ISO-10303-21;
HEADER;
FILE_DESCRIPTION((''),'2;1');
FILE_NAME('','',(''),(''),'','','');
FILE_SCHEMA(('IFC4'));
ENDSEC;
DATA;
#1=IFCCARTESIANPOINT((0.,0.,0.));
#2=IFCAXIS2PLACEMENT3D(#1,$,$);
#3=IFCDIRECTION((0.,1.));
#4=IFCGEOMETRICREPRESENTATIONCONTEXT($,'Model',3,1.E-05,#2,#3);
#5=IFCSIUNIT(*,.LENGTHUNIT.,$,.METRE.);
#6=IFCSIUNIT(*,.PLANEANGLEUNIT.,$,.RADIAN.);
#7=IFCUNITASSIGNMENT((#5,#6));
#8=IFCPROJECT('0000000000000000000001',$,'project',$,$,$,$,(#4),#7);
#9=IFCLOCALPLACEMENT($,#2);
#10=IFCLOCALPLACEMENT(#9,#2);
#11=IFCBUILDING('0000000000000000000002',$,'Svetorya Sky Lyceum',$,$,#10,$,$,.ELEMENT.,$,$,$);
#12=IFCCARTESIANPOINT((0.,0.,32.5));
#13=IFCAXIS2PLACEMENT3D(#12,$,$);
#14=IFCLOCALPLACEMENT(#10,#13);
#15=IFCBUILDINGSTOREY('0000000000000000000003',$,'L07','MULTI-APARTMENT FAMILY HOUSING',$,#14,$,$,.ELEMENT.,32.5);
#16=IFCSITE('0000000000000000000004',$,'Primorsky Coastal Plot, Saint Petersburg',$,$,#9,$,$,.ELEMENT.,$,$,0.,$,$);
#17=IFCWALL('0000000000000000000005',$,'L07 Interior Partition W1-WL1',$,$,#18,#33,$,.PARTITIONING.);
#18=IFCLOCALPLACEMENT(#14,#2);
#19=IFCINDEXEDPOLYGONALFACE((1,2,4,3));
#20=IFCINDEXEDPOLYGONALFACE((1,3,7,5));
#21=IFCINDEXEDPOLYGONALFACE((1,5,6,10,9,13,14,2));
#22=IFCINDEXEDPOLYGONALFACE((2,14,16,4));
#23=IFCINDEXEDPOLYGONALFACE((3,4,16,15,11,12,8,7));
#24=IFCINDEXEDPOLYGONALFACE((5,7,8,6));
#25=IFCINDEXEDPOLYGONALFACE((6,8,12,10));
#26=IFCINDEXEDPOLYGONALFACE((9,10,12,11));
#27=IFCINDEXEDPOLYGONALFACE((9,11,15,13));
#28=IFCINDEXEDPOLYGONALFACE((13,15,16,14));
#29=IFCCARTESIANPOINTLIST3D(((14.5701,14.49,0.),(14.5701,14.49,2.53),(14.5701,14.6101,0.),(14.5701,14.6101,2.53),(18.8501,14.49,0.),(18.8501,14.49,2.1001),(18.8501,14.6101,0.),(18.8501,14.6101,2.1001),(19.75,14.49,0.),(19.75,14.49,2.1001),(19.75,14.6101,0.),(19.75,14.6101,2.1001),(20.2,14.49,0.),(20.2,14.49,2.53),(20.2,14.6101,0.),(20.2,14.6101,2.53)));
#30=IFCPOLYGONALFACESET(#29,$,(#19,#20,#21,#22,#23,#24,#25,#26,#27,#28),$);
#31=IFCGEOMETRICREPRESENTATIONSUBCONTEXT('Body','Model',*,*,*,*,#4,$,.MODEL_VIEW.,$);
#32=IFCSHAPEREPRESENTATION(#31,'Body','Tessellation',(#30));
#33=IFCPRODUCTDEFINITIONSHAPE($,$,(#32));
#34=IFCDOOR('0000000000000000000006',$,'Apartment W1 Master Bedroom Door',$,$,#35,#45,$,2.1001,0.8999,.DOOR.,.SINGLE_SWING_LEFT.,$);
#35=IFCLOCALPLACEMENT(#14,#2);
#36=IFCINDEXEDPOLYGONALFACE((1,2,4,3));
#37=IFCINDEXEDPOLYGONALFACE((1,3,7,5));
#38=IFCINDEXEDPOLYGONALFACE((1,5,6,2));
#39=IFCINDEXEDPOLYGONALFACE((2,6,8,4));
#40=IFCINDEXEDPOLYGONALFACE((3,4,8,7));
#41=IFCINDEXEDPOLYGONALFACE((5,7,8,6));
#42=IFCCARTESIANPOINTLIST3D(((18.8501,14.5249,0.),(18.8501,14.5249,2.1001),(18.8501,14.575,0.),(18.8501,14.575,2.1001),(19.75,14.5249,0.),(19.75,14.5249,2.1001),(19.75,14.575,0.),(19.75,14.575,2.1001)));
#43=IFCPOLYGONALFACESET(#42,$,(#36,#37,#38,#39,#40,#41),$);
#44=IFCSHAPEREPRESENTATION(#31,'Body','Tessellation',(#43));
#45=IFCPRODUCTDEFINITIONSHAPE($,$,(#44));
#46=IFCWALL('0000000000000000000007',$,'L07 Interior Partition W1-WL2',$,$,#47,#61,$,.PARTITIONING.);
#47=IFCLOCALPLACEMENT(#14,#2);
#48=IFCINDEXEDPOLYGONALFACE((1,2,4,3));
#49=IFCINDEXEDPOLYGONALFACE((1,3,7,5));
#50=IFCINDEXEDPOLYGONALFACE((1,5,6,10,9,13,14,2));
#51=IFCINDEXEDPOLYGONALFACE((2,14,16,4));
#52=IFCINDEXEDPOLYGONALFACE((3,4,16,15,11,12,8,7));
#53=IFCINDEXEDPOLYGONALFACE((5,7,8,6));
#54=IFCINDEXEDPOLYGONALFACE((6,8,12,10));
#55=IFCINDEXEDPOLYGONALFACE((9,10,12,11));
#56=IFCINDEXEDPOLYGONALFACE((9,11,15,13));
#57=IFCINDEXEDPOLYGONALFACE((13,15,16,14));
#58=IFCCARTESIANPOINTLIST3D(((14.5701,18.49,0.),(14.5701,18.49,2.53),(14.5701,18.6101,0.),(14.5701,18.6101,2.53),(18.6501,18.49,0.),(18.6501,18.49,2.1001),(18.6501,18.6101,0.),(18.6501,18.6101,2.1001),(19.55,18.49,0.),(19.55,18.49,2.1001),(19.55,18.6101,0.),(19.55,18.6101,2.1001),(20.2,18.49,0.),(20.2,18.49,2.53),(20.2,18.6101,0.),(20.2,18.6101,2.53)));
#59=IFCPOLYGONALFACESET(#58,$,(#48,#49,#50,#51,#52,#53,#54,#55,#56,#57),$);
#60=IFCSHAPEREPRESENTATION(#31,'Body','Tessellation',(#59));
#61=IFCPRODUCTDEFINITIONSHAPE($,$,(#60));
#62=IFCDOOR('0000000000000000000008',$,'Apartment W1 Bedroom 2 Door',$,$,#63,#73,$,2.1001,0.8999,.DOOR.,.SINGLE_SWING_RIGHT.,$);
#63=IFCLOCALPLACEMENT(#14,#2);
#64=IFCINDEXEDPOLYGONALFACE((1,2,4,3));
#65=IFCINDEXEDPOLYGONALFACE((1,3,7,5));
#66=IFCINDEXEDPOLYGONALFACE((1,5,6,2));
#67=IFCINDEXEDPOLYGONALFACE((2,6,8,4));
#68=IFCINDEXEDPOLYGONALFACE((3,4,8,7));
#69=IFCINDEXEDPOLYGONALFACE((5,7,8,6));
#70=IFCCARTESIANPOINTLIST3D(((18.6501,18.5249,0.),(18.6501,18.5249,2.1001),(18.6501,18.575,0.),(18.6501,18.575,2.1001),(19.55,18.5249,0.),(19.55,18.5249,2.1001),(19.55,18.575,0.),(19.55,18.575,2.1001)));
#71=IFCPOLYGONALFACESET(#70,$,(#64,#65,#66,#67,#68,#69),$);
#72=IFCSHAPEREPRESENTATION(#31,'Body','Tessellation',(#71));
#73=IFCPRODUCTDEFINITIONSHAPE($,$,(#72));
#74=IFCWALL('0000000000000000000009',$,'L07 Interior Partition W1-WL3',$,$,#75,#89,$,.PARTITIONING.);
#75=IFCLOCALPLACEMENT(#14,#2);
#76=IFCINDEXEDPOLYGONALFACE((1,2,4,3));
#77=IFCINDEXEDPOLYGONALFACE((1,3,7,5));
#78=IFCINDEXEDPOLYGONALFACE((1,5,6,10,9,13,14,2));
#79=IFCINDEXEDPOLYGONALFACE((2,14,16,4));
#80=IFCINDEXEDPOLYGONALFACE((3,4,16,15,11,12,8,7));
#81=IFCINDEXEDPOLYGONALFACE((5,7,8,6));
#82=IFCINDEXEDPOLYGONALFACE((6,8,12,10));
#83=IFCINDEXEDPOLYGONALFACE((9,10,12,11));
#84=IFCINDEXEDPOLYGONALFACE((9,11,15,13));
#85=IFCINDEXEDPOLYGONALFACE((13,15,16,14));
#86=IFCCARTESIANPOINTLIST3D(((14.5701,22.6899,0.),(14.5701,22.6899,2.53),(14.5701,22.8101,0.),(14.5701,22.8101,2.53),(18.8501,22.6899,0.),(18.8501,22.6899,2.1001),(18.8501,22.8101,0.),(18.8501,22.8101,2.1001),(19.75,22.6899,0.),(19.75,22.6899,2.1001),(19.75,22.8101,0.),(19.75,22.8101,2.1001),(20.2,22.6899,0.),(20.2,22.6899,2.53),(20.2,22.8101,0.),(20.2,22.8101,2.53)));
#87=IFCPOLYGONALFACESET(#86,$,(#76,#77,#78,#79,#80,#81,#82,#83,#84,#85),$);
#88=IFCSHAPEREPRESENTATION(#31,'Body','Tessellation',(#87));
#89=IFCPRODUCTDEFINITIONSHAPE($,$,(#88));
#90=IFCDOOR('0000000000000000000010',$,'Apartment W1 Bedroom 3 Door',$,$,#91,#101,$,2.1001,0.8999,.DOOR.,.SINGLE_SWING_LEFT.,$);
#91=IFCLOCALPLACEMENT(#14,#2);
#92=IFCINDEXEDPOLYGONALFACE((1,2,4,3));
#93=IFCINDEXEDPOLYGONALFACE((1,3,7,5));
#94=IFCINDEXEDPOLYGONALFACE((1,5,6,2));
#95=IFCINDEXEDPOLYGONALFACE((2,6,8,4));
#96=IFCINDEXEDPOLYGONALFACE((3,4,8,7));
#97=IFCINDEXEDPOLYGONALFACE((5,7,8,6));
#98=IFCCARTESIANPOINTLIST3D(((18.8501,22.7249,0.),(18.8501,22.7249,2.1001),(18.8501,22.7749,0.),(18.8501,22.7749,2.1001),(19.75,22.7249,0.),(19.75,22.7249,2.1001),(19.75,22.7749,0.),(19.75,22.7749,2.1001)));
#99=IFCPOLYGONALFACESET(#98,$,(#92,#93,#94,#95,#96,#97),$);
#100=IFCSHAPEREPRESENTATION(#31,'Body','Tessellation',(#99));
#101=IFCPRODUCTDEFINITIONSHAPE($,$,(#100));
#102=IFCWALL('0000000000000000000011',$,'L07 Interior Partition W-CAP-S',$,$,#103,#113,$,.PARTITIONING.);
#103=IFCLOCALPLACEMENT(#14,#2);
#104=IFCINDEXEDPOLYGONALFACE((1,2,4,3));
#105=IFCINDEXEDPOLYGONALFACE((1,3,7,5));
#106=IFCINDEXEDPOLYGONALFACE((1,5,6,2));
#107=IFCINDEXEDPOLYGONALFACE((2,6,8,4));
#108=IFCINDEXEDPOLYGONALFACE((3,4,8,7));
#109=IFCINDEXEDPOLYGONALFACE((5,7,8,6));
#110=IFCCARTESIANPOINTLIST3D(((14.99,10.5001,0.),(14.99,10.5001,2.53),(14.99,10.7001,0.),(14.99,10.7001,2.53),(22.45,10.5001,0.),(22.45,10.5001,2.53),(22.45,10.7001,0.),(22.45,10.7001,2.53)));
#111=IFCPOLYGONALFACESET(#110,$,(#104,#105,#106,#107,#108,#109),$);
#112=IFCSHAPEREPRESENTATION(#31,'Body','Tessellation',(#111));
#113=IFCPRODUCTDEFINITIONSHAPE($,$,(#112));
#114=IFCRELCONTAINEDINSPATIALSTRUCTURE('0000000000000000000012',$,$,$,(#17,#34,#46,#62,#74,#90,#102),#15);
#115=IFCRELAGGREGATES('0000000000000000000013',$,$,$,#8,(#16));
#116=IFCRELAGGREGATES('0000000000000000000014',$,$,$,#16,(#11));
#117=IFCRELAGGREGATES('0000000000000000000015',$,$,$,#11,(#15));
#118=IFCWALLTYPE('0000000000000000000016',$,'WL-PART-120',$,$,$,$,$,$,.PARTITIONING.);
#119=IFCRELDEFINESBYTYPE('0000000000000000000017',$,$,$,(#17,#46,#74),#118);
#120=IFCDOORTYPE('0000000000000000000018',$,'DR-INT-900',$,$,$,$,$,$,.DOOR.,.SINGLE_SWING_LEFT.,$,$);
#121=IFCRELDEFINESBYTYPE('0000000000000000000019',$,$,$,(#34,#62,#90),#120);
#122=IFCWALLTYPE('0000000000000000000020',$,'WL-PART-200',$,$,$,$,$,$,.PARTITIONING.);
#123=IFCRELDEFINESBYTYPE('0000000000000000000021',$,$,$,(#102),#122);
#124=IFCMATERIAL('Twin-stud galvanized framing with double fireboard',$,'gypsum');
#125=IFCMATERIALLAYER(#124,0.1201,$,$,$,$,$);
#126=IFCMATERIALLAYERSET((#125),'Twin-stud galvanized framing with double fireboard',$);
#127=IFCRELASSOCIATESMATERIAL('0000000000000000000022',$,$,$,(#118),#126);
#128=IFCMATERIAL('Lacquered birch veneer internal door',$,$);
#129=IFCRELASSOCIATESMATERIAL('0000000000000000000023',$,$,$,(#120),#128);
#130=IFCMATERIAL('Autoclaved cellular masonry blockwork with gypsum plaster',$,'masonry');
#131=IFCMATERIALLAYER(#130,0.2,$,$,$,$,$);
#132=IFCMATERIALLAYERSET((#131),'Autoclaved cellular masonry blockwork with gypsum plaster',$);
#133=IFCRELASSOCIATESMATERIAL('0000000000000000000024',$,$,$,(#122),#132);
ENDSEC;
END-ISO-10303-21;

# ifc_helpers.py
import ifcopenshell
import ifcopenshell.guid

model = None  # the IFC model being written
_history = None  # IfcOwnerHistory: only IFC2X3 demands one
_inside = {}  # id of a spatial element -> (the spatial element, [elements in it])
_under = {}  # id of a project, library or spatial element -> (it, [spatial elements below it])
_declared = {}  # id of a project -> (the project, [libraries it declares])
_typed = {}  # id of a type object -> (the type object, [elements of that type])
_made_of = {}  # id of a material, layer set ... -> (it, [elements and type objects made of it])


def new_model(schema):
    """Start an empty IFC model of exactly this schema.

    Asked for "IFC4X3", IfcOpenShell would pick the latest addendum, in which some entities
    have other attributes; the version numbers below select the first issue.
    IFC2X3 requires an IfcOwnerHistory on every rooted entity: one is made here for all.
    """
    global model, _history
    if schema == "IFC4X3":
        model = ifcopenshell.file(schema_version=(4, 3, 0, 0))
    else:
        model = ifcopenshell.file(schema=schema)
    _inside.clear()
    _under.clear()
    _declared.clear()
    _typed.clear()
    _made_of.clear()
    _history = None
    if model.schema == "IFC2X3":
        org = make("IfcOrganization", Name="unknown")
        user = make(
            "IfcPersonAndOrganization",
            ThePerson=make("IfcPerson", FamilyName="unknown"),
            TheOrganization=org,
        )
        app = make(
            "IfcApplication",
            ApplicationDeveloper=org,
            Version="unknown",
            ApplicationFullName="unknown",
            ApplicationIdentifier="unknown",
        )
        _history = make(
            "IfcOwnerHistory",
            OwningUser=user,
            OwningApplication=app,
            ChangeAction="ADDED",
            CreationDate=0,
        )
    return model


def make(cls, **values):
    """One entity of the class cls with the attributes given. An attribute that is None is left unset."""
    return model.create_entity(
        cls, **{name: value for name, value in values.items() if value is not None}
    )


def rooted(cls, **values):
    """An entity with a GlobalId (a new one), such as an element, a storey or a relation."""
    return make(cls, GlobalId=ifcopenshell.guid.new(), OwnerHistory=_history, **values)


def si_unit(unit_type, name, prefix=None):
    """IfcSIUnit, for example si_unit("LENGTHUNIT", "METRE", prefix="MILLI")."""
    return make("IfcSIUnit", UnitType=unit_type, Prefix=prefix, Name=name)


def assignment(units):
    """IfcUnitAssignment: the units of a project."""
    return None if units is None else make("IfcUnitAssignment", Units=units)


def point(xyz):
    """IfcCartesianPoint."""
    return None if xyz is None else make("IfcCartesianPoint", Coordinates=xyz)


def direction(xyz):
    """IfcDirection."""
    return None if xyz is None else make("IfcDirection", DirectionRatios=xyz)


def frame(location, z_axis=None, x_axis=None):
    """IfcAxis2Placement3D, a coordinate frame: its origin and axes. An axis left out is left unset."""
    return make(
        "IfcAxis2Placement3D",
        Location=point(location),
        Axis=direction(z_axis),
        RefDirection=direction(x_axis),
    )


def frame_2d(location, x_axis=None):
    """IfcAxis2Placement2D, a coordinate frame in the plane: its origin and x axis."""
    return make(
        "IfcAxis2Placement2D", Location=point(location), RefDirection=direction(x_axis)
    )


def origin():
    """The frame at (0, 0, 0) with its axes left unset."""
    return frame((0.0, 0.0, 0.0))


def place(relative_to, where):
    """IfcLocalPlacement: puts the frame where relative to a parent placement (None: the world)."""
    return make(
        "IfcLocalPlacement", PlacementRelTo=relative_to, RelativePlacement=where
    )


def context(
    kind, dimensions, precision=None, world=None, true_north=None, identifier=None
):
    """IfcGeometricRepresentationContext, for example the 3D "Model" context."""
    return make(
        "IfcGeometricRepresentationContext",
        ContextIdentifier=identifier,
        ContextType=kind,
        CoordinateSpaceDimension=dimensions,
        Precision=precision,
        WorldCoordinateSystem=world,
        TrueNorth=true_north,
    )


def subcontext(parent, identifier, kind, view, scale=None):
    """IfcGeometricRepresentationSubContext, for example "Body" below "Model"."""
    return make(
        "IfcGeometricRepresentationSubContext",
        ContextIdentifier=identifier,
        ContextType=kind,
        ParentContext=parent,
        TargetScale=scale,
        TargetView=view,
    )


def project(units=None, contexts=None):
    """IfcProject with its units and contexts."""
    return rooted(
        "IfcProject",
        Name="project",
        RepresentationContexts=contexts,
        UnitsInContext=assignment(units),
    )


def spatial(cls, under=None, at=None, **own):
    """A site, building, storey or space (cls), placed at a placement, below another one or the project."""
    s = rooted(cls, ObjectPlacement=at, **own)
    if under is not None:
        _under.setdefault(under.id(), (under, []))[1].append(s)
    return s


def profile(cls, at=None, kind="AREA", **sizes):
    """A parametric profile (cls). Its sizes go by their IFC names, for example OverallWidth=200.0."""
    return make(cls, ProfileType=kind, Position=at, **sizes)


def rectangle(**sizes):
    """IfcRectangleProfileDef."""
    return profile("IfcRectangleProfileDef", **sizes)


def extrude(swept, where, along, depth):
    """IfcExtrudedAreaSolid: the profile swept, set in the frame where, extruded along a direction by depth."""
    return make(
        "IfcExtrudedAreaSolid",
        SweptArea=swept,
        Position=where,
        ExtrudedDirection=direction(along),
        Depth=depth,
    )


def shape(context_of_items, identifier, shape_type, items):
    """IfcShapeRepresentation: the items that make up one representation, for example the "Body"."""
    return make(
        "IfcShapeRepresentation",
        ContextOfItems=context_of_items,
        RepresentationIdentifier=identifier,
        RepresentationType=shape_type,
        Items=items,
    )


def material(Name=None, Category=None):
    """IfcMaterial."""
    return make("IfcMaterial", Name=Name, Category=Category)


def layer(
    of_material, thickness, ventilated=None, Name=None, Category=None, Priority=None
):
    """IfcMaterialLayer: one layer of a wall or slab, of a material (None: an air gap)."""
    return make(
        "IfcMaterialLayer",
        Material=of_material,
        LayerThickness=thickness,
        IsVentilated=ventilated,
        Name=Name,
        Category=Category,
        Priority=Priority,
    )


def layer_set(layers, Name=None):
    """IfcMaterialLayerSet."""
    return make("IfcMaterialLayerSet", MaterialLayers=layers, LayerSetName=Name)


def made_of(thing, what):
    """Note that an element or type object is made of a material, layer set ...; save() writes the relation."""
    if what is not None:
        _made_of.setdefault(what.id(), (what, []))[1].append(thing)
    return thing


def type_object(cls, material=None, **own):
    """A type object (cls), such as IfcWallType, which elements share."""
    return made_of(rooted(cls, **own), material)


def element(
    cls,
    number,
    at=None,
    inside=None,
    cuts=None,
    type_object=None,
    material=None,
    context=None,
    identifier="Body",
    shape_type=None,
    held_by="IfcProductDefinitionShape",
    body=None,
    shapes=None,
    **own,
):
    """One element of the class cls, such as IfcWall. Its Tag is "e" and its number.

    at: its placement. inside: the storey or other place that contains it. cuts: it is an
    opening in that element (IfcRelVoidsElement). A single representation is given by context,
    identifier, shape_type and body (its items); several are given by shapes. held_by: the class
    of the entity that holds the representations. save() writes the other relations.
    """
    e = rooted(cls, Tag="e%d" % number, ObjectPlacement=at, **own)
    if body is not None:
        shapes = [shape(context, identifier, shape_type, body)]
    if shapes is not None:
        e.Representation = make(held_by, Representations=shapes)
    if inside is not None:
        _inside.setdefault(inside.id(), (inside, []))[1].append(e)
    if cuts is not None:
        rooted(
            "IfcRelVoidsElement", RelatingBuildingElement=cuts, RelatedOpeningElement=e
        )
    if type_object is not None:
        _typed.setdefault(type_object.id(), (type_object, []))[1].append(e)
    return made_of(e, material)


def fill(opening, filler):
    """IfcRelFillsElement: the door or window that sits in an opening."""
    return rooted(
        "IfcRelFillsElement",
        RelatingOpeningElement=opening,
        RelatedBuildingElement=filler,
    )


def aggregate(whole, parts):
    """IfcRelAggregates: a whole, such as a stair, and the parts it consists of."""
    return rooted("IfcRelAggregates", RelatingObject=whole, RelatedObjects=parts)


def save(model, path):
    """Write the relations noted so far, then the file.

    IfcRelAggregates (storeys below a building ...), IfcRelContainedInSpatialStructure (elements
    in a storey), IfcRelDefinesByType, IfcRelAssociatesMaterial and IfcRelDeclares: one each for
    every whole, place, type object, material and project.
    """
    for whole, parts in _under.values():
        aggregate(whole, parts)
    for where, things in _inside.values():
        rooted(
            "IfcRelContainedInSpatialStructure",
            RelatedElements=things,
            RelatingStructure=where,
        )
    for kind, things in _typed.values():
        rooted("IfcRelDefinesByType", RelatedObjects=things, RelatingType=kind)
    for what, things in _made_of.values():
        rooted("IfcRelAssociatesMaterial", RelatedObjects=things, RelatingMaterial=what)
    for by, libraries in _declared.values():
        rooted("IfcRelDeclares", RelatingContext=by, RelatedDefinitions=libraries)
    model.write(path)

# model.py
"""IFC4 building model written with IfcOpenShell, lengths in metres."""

from ifc_helpers import new_model, si_unit, direction, frame, frame_2d, origin, place, context, subcontext, project, spatial, rectangle, extrude, material, layer, layer_set, type_object, element, fill, save


model = new_model("IFC4")

# Units and contexts
model_context = context("Model", 3, precision=1e-05, world=origin(), true_north=direction((0.0, 1.0)))
body_context = subcontext(model_context, "Body", "Model", "MODEL_VIEW")
ifc_project = project(units=[si_unit("LENGTHUNIT", "METRE"), si_unit("PLANEANGLEUNIT", "RADIAN")], contexts=[model_context])

# Site, building, storey
site_placement = place(None, origin())
site = spatial("IfcSite", under=ifc_project, at=site_placement, Name="Primorsky Coastal Plot, Saint Petersburg", CompositionType="ELEMENT", RefElevation=0.0)
building_placement = place(site_placement, origin())
building = spatial("IfcBuilding", under=site, at=building_placement, Name="Svetorya Sky Lyceum", CompositionType="ELEMENT")
storey_placement = place(building_placement, frame((0.0, 0.0, 32.5)))
storey = spatial("IfcBuildingStorey", under=building, at=storey_placement, Name="L07", Description="MULTI-APARTMENT FAMILY HOUSING", CompositionType="ELEMENT", Elevation=32.5)

# Walls, openings, doors
ifc_material_1 = material(Name="Twin-stud galvanized framing with double fireboard", Category="gypsum")
ifc_layer_1 = layer(ifc_material_1, 0.1201)
ifc_layer_set_1 = layer_set([ifc_layer_1], Name="Twin-stud galvanized framing with double fireboard")
wall_type_1 = type_object("IfcWallType", Name="WL-PART-120", PredefinedType="PARTITIONING", material=ifc_layer_set_1)
wall_1_placement = place(storey_placement, frame((14.5701, 14.55, 0.0), z_axis=(0.0, 0.0, 1.0), x_axis=(1.0, 0.0, 0.0)))
wall_1 = element("IfcWall", 1, at=wall_1_placement, inside=storey, type_object=wall_type_1, Name="L07 Interior Partition W1-WL1", PredefinedType="PARTITIONING", context=body_context, shape_type="SweptSolid", body=[
    extrude(rectangle(XDim=5.6299, YDim=0.1201, at=frame_2d((2.8149, 0.0))), origin(), (0.0, 0.0, 1.0), 2.53),
])
opening_1_placement = place(wall_1_placement, frame((4.28, 0.0, 0.0)))
opening_1 = element("IfcOpeningElement", 2, at=opening_1_placement, cuts=wall_1, PredefinedType="OPENING", context=body_context, shape_type="SweptSolid", body=[
    extrude(rectangle(XDim=0.8999, YDim=2.1001, at=frame_2d((0.45, 1.05))), frame((0.0, 0.0701, 0.0), z_axis=(0.0, -1.0, 0.0), x_axis=(1.0, 0.0, 0.0)), (0.0, 0.0, 1.0), 0.1401),
])
ifc_material_2 = material(Name="Lacquered birch veneer internal door")
door_type = type_object("IfcDoorType", Name="DR-INT-900", OperationType="SINGLE_SWING_LEFT", PredefinedType="DOOR", material=ifc_material_2)
door_1_placement = place(opening_1_placement, origin())
door_1 = element("IfcDoor", 3, at=door_1_placement, inside=storey, type_object=door_type, Name="Apartment W1 Master Bedroom Door", OperationType="SINGLE_SWING_LEFT", OverallHeight=2.1001, OverallWidth=0.8999, PredefinedType="DOOR", context=body_context, shape_type="SweptSolid", body=[
    extrude(rectangle(XDim=0.8999, YDim=2.1001, at=frame_2d((0.45, 1.05))), frame((0.0, 0.0249, 0.0), z_axis=(0.0, -1.0, 0.0), x_axis=(1.0, 0.0, 0.0)), (0.0, 0.0, 1.0), 0.05),
])
fill(opening_1, door_1)
wall_2_placement = place(storey_placement, frame((14.5701, 18.55, 0.0), z_axis=(0.0, 0.0, 1.0), x_axis=(1.0, 0.0, 0.0)))
wall_2 = element("IfcWall", 4, at=wall_2_placement, inside=storey, type_object=wall_type_1, Name="L07 Interior Partition W1-WL2", PredefinedType="PARTITIONING", context=body_context, shape_type="SweptSolid", body=[
    extrude(rectangle(XDim=5.6299, YDim=0.1201, at=frame_2d((2.8149, 0.0))), origin(), (0.0, 0.0, 1.0), 2.53),
])
opening_2_placement = place(wall_2_placement, frame((4.0801, 0.0, 0.0)))
opening_2 = element("IfcOpeningElement", 5, at=opening_2_placement, cuts=wall_2, PredefinedType="OPENING", context=body_context, shape_type="SweptSolid", body=[
    extrude(rectangle(XDim=0.8999, YDim=2.1001, at=frame_2d((0.45, 1.05))), frame((0.0, 0.0701, 0.0), z_axis=(0.0, -1.0, 0.0), x_axis=(1.0, 0.0, 0.0)), (0.0, 0.0, 1.0), 0.1401),
])
door_2_placement = place(opening_2_placement, origin())
door_2 = element("IfcDoor", 6, at=door_2_placement, inside=storey, type_object=door_type, Name="Apartment W1 Bedroom 2 Door", OperationType="SINGLE_SWING_RIGHT", OverallHeight=2.1001, OverallWidth=0.8999, PredefinedType="DOOR", context=body_context, shape_type="SweptSolid", body=[
    extrude(rectangle(XDim=0.8999, YDim=2.1001, at=frame_2d((0.45, 1.05))), frame((0.0, 0.0249, 0.0), z_axis=(0.0, -1.0, 0.0), x_axis=(1.0, 0.0, 0.0)), (0.0, 0.0, 1.0), 0.05),
])
fill(opening_2, door_2)
wall_3_placement = place(storey_placement, frame((14.5701, 22.75, 0.0), z_axis=(0.0, 0.0, 1.0), x_axis=(1.0, 0.0, 0.0)))
wall_3 = element("IfcWall", 7, at=wall_3_placement, inside=storey, type_object=wall_type_1, Name="L07 Interior Partition W1-WL3", PredefinedType="PARTITIONING", context=body_context, shape_type="SweptSolid", body=[
    extrude(rectangle(XDim=5.6299, YDim=0.1201, at=frame_2d((2.8149, 0.0))), origin(), (0.0, 0.0, 1.0), 2.53),
])
opening_3_placement = place(wall_3_placement, frame((4.28, 0.0, 0.0)))
opening_3 = element("IfcOpeningElement", 8, at=opening_3_placement, cuts=wall_3, PredefinedType="OPENING", context=body_context, shape_type="SweptSolid", body=[
    extrude(rectangle(XDim=0.8999, YDim=2.1001, at=frame_2d((0.45, 1.05))), frame((0.0, 0.0701, 0.0), z_axis=(0.0, -1.0, 0.0), x_axis=(1.0, 0.0, 0.0)), (0.0, 0.0, 1.0), 0.1401),
])
door_3_placement = place(opening_3_placement, origin())
door_3 = element("IfcDoor", 9, at=door_3_placement, inside=storey, type_object=door_type, Name="Apartment W1 Bedroom 3 Door", OperationType="SINGLE_SWING_LEFT", OverallHeight=2.1001, OverallWidth=0.8999, PredefinedType="DOOR", context=body_context, shape_type="SweptSolid", body=[
    extrude(rectangle(XDim=0.8999, YDim=2.1001, at=frame_2d((0.45, 1.05))), frame((0.0, 0.0249, 0.0), z_axis=(0.0, -1.0, 0.0), x_axis=(1.0, 0.0, 0.0)), (0.0, 0.0, 1.0), 0.05),
])
fill(opening_3, door_3)

# Wall
ifc_material_3 = material(Name="Autoclaved cellular masonry blockwork with gypsum plaster", Category="masonry")
ifc_layer_2 = layer(ifc_material_3, 0.2)
ifc_layer_set_2 = layer_set([ifc_layer_2], Name="Autoclaved cellular masonry blockwork with gypsum plaster")
wall_type_2 = type_object("IfcWallType", Name="WL-PART-200", PredefinedType="PARTITIONING", material=ifc_layer_set_2)
wall_4_placement = place(storey_placement, frame((14.99, 10.6001, 0.0), z_axis=(0.0, 0.0, 1.0), x_axis=(1.0, 0.0, 0.0)))
element("IfcWall", 10, at=wall_4_placement, inside=storey, type_object=wall_type_2, Name="L07 Interior Partition W-CAP-S", PredefinedType="PARTITIONING", context=body_context, shape_type="SweptSolid", body=[
    extrude(rectangle(XDim=7.46, YDim=0.2, at=frame_2d((3.73, 0.0))), origin(), (0.0, 0.0, 1.0), 2.53),
])

save(model, "model.ifc")
